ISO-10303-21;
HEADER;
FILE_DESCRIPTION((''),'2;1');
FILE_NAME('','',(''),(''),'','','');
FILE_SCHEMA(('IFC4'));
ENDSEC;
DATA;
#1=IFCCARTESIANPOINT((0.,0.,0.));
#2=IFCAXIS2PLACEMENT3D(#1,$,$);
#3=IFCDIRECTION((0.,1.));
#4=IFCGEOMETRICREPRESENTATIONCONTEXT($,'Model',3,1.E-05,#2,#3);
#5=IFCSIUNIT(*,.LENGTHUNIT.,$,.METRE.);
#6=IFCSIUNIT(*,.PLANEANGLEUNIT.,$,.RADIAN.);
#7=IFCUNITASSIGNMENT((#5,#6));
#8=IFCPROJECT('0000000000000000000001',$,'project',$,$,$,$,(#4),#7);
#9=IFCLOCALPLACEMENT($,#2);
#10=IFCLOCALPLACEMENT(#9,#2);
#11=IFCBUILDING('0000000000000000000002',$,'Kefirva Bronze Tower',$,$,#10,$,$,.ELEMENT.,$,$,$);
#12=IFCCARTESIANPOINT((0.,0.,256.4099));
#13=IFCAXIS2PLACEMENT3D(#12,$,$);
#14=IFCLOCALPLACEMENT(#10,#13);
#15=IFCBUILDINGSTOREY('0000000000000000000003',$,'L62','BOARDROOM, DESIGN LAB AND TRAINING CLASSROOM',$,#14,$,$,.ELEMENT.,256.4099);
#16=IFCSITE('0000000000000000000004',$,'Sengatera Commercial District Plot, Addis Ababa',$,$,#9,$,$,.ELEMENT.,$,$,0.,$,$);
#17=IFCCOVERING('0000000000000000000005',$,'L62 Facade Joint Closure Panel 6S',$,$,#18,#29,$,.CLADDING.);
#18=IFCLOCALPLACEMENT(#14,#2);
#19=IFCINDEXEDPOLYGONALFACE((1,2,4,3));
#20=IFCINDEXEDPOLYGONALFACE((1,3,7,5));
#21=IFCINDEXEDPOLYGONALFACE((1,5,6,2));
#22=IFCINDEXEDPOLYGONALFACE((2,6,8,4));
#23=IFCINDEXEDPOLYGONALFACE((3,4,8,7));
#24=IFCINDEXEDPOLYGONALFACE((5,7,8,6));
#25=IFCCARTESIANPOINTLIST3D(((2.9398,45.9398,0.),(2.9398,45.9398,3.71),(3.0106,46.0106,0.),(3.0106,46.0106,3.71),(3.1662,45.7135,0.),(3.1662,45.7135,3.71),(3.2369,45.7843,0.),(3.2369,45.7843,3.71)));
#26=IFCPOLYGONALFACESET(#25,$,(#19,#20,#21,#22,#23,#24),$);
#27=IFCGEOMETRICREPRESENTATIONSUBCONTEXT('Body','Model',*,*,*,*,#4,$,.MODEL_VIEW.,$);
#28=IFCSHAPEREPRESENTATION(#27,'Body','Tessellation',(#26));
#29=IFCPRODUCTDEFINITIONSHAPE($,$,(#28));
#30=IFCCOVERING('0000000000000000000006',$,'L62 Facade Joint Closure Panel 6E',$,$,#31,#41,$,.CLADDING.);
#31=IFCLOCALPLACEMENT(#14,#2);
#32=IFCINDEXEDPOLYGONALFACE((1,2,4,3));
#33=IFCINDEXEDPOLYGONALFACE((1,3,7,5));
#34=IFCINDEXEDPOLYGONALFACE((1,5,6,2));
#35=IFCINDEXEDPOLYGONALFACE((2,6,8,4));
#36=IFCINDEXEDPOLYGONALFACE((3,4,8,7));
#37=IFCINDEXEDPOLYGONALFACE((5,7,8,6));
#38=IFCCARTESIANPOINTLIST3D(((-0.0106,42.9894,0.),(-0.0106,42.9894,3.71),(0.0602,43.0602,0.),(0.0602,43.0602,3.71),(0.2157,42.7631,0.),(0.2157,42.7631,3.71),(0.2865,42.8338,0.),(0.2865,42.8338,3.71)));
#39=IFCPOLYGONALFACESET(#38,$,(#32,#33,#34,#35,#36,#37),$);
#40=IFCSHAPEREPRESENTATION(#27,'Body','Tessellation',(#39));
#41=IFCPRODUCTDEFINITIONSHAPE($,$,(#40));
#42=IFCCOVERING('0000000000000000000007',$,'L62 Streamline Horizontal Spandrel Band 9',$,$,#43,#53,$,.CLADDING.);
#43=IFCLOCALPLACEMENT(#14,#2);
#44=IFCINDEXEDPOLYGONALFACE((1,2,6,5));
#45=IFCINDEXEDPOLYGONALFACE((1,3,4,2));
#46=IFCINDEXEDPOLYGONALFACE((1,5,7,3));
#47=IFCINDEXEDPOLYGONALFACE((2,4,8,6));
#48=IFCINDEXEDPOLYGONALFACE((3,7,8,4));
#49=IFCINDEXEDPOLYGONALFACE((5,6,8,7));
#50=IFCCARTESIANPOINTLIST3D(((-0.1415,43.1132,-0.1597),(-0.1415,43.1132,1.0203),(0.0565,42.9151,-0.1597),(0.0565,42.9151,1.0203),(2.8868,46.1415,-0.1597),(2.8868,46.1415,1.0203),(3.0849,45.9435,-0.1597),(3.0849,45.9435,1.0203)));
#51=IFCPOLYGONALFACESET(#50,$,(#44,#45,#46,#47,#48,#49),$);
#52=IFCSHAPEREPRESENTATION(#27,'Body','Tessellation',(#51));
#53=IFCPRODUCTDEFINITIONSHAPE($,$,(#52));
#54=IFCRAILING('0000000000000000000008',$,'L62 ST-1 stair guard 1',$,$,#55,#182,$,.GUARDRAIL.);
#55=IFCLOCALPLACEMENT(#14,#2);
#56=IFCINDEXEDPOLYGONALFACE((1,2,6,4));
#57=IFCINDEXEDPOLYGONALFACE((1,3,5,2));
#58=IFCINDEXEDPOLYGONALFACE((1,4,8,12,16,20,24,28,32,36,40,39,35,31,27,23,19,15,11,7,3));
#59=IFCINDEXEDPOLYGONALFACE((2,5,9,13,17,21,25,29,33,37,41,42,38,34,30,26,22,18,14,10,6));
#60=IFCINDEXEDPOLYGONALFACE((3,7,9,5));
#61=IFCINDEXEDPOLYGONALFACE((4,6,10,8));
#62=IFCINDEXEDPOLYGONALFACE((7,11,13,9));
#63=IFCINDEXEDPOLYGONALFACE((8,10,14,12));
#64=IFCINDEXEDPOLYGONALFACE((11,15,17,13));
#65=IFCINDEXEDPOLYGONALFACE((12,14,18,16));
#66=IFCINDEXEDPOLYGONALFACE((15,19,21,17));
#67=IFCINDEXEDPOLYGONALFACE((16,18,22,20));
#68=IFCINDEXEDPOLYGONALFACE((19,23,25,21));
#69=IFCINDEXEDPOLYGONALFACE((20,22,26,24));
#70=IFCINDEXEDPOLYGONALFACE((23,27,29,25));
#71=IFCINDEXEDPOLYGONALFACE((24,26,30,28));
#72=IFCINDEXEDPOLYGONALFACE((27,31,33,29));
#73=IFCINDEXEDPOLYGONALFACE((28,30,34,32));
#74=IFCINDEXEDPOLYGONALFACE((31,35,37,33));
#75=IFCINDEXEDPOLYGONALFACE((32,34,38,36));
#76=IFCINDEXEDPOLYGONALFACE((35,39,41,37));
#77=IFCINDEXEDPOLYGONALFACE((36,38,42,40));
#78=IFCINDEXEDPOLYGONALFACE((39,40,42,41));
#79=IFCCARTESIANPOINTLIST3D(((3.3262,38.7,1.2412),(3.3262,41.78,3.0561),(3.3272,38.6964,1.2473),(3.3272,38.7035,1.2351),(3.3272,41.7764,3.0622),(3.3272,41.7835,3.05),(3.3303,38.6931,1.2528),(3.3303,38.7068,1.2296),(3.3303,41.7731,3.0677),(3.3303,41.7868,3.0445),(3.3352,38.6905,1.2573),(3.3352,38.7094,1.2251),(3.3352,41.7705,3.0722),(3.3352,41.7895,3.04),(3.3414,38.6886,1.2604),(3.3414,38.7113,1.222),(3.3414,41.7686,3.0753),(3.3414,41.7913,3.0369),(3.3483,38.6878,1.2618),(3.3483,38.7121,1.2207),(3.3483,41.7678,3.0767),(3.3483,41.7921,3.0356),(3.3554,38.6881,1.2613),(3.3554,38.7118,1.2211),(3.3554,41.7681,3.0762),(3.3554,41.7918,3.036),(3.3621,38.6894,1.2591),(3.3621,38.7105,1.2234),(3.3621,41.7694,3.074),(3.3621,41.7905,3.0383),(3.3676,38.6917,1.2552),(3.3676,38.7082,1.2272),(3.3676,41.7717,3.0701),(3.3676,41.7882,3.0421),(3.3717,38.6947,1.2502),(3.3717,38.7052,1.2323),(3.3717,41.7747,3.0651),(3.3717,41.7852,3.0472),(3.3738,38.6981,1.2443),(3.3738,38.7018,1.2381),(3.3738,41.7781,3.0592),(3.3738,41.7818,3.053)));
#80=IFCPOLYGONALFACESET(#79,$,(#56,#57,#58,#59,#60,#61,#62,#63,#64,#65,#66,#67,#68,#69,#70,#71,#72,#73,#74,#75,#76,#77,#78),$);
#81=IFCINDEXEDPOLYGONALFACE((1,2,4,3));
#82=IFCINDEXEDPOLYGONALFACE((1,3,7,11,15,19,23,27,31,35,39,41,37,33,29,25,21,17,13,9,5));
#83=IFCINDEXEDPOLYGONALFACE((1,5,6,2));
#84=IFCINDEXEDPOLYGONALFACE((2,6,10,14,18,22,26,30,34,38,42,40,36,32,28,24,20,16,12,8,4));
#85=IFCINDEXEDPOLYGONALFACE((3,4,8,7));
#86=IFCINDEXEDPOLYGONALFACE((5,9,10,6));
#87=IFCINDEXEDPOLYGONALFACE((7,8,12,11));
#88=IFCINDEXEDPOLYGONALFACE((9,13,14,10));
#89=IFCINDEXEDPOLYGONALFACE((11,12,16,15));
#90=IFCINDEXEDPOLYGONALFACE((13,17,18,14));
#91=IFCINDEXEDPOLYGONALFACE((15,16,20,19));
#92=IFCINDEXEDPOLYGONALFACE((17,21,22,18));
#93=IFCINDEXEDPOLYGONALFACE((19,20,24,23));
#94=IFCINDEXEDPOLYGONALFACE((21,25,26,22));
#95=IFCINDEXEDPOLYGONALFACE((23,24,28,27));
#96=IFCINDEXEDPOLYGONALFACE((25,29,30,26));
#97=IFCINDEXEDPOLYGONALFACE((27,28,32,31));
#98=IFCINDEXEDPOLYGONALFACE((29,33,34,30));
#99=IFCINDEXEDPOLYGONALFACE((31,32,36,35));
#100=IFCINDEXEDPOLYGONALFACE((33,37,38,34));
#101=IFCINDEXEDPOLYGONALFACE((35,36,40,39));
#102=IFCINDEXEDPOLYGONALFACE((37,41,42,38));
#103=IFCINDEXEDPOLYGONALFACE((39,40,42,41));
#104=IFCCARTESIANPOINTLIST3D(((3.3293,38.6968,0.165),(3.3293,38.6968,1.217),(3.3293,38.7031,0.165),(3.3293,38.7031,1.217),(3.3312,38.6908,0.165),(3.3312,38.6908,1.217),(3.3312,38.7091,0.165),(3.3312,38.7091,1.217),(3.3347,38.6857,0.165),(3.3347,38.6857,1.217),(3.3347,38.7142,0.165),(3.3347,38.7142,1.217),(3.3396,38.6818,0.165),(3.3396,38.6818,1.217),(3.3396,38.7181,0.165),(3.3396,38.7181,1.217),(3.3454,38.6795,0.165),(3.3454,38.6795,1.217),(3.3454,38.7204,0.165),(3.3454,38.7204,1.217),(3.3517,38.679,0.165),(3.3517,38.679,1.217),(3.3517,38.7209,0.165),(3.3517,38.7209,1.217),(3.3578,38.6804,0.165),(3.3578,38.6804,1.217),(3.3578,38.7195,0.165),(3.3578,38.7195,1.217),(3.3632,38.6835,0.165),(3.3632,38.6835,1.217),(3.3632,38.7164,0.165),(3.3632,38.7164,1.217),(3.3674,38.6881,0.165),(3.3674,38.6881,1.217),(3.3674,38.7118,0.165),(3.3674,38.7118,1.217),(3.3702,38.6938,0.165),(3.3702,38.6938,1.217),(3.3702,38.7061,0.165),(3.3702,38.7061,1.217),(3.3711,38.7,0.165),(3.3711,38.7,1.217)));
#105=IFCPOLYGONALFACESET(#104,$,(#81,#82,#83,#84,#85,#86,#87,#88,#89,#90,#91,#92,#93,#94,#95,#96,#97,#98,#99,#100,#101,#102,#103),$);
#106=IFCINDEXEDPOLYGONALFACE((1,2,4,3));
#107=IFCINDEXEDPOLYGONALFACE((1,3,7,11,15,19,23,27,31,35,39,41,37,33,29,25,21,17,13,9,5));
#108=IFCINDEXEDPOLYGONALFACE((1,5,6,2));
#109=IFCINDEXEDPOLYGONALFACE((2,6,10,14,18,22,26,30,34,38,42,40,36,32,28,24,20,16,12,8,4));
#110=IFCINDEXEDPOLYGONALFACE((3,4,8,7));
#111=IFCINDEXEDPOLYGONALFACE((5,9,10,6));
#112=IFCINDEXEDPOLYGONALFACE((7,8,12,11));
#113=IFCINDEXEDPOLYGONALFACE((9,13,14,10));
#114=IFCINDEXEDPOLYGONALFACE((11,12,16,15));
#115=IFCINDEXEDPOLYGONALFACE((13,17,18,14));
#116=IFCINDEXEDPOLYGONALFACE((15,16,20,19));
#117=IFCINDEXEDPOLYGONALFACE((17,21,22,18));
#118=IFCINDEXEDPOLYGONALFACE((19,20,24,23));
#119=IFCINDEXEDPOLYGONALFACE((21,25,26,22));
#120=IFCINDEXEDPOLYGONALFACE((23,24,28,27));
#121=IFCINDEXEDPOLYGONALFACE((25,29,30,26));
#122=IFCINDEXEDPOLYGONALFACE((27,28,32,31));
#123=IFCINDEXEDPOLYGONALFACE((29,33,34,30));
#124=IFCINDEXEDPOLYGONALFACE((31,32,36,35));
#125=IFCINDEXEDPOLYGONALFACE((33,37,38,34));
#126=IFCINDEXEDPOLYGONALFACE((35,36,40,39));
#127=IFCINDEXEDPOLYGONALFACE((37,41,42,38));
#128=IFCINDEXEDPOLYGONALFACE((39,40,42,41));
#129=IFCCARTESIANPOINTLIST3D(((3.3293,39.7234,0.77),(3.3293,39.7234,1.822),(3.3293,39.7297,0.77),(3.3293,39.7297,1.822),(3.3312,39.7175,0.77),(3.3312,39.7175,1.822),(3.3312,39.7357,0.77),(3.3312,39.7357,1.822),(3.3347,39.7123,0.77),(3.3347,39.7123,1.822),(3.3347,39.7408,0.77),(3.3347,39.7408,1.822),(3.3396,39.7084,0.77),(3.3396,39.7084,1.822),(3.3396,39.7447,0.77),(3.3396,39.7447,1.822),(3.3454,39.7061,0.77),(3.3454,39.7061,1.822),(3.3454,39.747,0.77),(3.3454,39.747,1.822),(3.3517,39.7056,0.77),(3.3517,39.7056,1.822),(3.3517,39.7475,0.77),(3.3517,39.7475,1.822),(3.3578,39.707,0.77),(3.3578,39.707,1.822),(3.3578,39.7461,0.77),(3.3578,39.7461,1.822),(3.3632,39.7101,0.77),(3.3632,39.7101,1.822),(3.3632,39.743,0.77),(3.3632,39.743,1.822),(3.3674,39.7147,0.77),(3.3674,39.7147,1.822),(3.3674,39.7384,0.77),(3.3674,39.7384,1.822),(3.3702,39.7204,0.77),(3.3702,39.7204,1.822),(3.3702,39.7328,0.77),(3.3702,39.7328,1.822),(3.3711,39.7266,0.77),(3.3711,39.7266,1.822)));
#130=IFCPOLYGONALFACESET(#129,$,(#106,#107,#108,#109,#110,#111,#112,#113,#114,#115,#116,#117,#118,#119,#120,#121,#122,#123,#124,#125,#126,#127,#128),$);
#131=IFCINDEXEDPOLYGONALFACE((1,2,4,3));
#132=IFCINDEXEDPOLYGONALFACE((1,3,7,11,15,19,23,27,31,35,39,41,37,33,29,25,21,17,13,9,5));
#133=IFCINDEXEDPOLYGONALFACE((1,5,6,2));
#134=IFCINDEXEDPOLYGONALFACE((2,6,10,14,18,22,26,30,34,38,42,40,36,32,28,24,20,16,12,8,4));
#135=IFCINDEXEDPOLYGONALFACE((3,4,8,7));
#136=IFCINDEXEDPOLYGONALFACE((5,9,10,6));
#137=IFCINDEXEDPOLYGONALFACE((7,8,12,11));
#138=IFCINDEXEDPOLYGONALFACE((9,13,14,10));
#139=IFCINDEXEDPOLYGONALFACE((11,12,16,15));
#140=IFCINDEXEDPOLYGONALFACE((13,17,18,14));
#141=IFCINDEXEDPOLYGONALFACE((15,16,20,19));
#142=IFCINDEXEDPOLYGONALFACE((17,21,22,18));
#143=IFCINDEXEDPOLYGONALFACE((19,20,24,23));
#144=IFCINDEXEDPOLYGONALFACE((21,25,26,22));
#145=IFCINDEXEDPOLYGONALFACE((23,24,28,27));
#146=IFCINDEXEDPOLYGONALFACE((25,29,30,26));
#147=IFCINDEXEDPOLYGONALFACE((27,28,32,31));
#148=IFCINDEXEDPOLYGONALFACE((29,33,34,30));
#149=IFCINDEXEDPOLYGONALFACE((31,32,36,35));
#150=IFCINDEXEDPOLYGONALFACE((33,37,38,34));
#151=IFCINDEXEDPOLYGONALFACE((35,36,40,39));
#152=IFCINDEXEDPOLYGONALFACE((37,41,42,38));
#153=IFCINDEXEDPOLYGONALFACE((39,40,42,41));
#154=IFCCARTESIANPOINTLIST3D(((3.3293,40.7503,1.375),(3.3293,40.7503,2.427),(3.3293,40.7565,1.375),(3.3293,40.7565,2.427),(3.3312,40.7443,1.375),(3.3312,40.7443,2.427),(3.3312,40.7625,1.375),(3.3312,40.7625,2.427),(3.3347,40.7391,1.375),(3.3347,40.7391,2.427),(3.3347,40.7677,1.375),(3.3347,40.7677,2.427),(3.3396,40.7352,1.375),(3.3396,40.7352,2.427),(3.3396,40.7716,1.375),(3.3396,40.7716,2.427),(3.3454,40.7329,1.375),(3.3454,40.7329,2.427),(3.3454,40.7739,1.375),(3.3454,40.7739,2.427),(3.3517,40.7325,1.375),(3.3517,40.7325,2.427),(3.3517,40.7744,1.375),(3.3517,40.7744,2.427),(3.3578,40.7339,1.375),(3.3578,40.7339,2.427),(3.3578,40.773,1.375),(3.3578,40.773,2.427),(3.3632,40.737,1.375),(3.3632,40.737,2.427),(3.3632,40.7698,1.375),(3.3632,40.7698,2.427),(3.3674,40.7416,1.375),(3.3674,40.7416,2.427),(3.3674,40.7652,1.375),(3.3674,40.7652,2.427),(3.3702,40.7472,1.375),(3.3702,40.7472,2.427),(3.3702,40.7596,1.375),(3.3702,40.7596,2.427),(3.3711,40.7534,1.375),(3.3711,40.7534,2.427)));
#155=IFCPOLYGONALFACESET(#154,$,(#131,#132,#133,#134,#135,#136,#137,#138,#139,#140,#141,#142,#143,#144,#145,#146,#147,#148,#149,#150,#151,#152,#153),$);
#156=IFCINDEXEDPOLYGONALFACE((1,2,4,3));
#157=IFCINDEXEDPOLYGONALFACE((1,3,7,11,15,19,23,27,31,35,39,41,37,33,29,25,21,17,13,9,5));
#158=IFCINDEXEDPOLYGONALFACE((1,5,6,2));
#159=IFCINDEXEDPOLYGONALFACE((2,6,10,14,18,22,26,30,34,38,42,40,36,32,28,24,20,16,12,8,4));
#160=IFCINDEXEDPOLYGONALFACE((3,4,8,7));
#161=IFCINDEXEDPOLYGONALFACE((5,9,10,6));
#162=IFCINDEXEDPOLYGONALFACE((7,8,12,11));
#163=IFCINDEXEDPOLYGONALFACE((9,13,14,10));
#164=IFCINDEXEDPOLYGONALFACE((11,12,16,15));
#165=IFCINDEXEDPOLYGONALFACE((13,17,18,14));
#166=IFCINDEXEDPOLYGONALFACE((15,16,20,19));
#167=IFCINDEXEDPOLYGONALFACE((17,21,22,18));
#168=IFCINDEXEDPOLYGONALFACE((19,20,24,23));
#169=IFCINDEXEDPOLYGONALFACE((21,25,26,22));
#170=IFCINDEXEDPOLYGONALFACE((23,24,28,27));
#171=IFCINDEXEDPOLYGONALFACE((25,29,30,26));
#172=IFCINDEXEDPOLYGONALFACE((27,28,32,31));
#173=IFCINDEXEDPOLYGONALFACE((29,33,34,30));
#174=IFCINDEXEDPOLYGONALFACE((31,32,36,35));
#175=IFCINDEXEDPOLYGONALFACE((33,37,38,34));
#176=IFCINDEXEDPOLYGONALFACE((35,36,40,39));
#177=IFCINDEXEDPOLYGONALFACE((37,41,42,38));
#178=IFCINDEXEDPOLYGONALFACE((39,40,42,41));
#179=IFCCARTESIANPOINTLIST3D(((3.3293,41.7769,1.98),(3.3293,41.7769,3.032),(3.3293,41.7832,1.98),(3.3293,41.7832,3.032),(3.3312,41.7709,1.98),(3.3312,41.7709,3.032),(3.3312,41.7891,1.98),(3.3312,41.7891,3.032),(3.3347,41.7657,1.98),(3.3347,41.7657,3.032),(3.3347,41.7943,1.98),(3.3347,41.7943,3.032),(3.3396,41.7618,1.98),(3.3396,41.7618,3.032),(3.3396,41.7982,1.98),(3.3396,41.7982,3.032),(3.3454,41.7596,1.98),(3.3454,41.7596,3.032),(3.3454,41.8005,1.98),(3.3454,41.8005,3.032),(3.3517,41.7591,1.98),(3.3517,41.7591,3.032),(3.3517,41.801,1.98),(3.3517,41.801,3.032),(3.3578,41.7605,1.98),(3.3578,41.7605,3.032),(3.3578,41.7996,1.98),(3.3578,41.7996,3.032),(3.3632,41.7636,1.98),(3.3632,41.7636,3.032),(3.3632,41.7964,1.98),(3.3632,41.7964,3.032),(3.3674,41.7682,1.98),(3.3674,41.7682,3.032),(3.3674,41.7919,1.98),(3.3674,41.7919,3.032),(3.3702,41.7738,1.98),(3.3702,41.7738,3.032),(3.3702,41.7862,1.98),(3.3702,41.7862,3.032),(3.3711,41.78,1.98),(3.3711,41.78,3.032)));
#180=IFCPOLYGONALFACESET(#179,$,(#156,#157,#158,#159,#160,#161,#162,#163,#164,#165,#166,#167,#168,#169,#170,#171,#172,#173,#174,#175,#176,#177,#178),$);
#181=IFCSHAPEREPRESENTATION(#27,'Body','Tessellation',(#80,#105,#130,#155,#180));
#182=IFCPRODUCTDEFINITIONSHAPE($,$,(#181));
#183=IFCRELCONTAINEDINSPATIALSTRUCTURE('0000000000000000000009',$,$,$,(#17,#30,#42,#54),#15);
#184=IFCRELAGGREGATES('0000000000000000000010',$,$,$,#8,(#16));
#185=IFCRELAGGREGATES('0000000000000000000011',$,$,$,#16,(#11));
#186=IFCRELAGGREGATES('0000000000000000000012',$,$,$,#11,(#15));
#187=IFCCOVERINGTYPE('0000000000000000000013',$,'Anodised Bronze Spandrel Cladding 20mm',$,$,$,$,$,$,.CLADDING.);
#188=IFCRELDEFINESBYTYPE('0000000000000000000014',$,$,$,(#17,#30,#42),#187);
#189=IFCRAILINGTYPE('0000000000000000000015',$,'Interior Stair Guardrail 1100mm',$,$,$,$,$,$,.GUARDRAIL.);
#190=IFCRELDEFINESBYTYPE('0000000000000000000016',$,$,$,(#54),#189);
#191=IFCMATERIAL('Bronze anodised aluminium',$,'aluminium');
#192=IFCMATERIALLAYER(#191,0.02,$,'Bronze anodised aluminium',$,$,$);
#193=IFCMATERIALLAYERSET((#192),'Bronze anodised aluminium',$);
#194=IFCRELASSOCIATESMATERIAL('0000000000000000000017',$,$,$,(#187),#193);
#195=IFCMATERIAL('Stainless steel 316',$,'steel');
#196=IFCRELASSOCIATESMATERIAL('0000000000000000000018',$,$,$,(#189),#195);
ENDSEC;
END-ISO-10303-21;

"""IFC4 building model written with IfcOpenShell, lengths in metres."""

from ifc_helpers import new_model, si_unit, direction, frame, origin, origin_2d, place, context, subcontext, project, spatial, rectangle, circle, extrude, material, layer, layer_set, type_object, element, save


model = new_model("IFC4")

# Units and contexts
model_context = context("Model", 3, precision=1e-05, world=origin(), true_north=direction((0.0, 1.0)))
body_context = subcontext(model_context, "Body", "Model", "MODEL_VIEW")
ifc_project = project(units=[si_unit("LENGTHUNIT", "METRE"), si_unit("PLANEANGLEUNIT", "RADIAN")], contexts=[model_context])

# Site, building, storey
site_placement = place(None, origin())
site = spatial("IfcSite", under=ifc_project, at=site_placement, Name="Sengatera Commercial District Plot, Addis Ababa", CompositionType="ELEMENT", RefElevation=0.0)
building_placement = place(site_placement, origin())
building = spatial("IfcBuilding", under=site, at=building_placement, Name="Kefirva Bronze Tower", CompositionType="ELEMENT")
storey_placement = place(building_placement, frame((0.0, 0.0, 256.4099)))
storey = spatial("IfcBuildingStorey", under=building, at=storey_placement, Name="L62", Description="BOARDROOM, DESIGN LAB AND TRAINING CLASSROOM", CompositionType="ELEMENT", Elevation=256.4099)

# Coverings
ifc_material_1 = material(Name="Bronze anodised aluminium", Category="aluminium")
ifc_layer_1 = layer(ifc_material_1, 0.02, Name="Bronze anodised aluminium")
ifc_layer_set_1 = layer_set([ifc_layer_1], Name="Bronze anodised aluminium")
covering_type_1 = type_object("IfcCoveringType", Name="Anodised Bronze Spandrel Cladding 20mm", PredefinedType="CLADDING", material=ifc_layer_set_1)
for number, where, z_axis, x_axis, name in (
    (1, (3.0884, 45.8621, 0.0), (0.0, 0.0, 1.0), (-0.707107, -0.707107, 0.0), "L62 Facade Joint Closure Panel 6S"),
    (2, (0.1379, 42.9116, 0.0), (0.0, 0.0, 1.0), (-0.707107, -0.707107, 0.0), "L62 Facade Joint Closure Panel 6E"),
):
    element("IfcCovering", number, at=place(storey_placement, frame(where, z_axis=z_axis, x_axis=x_axis)), inside=storey, type_object=covering_type_1, Name=name, PredefinedType="CLADDING", context=body_context, shape_type="SweptSolid", body=[
        extrude(rectangle(XDim=0.1001, YDim=0.3201, at=origin_2d()), origin(), (0.0, 0.0, 1.0), 3.71),
    ])
covering_1_placement = place(storey_placement, frame((1.4717, 44.5283, -0.1597), z_axis=(0.0, 0.0, 1.0), x_axis=(-0.707107, -0.707107, 0.0)))
element("IfcCovering", 3, at=covering_1_placement, inside=storey, type_object=covering_type_1, Name="L62 Streamline Horizontal Spandrel Band 9", PredefinedType="CLADDING", context=body_context, shape_type="SweptSolid", body=[
    extrude(rectangle(XDim=4.2827, YDim=0.28, at=origin_2d()), origin(), (0.0, 0.0, 1.0), 1.1799),
])

# Railing
ifc_material_2 = material(Name="Stainless steel 316", Category="steel")
railing_type_1 = type_object("IfcRailingType", Name="Interior Stair Guardrail 1100mm", PredefinedType="GUARDRAIL", material=ifc_material_2)
railing_1_placement = place(storey_placement, frame((3.3501, 38.7, 0.165)))
element("IfcRailing", 4, at=railing_1_placement, inside=storey, type_object=railing_type_1, Name="L62 ST-1 stair guard 1", PredefinedType="GUARDRAIL", context=body_context, shape_type="SweptSolid", body=[
    extrude(circle(Radius=0.0239, at=origin_2d()), frame((0.0, 0.0, 1.0762), z_axis=(0.0, 0.861551, 0.507671), x_axis=(-1.0, 0.0, 0.0)), (0.0, 0.0, 1.0), 3.575),
    extrude(circle(Radius=0.021, at=origin_2d()), origin(), (0.0, 0.0, 1.0), 1.052),
    extrude(circle(Radius=0.021, at=origin_2d()), frame((0.0, 1.0266, 0.605)), (0.0, 0.0, 1.0), 1.052),
    extrude(circle(Radius=0.021, at=origin_2d()), frame((0.0, 2.0535, 1.21)), (0.0, 0.0, 1.0), 1.052),
    extrude(circle(Radius=0.021, at=origin_2d()), frame((0.0, 3.0801, 1.8149)), (0.0, 0.0, 1.0), 1.052),
])

save(model, "model.ifc")
